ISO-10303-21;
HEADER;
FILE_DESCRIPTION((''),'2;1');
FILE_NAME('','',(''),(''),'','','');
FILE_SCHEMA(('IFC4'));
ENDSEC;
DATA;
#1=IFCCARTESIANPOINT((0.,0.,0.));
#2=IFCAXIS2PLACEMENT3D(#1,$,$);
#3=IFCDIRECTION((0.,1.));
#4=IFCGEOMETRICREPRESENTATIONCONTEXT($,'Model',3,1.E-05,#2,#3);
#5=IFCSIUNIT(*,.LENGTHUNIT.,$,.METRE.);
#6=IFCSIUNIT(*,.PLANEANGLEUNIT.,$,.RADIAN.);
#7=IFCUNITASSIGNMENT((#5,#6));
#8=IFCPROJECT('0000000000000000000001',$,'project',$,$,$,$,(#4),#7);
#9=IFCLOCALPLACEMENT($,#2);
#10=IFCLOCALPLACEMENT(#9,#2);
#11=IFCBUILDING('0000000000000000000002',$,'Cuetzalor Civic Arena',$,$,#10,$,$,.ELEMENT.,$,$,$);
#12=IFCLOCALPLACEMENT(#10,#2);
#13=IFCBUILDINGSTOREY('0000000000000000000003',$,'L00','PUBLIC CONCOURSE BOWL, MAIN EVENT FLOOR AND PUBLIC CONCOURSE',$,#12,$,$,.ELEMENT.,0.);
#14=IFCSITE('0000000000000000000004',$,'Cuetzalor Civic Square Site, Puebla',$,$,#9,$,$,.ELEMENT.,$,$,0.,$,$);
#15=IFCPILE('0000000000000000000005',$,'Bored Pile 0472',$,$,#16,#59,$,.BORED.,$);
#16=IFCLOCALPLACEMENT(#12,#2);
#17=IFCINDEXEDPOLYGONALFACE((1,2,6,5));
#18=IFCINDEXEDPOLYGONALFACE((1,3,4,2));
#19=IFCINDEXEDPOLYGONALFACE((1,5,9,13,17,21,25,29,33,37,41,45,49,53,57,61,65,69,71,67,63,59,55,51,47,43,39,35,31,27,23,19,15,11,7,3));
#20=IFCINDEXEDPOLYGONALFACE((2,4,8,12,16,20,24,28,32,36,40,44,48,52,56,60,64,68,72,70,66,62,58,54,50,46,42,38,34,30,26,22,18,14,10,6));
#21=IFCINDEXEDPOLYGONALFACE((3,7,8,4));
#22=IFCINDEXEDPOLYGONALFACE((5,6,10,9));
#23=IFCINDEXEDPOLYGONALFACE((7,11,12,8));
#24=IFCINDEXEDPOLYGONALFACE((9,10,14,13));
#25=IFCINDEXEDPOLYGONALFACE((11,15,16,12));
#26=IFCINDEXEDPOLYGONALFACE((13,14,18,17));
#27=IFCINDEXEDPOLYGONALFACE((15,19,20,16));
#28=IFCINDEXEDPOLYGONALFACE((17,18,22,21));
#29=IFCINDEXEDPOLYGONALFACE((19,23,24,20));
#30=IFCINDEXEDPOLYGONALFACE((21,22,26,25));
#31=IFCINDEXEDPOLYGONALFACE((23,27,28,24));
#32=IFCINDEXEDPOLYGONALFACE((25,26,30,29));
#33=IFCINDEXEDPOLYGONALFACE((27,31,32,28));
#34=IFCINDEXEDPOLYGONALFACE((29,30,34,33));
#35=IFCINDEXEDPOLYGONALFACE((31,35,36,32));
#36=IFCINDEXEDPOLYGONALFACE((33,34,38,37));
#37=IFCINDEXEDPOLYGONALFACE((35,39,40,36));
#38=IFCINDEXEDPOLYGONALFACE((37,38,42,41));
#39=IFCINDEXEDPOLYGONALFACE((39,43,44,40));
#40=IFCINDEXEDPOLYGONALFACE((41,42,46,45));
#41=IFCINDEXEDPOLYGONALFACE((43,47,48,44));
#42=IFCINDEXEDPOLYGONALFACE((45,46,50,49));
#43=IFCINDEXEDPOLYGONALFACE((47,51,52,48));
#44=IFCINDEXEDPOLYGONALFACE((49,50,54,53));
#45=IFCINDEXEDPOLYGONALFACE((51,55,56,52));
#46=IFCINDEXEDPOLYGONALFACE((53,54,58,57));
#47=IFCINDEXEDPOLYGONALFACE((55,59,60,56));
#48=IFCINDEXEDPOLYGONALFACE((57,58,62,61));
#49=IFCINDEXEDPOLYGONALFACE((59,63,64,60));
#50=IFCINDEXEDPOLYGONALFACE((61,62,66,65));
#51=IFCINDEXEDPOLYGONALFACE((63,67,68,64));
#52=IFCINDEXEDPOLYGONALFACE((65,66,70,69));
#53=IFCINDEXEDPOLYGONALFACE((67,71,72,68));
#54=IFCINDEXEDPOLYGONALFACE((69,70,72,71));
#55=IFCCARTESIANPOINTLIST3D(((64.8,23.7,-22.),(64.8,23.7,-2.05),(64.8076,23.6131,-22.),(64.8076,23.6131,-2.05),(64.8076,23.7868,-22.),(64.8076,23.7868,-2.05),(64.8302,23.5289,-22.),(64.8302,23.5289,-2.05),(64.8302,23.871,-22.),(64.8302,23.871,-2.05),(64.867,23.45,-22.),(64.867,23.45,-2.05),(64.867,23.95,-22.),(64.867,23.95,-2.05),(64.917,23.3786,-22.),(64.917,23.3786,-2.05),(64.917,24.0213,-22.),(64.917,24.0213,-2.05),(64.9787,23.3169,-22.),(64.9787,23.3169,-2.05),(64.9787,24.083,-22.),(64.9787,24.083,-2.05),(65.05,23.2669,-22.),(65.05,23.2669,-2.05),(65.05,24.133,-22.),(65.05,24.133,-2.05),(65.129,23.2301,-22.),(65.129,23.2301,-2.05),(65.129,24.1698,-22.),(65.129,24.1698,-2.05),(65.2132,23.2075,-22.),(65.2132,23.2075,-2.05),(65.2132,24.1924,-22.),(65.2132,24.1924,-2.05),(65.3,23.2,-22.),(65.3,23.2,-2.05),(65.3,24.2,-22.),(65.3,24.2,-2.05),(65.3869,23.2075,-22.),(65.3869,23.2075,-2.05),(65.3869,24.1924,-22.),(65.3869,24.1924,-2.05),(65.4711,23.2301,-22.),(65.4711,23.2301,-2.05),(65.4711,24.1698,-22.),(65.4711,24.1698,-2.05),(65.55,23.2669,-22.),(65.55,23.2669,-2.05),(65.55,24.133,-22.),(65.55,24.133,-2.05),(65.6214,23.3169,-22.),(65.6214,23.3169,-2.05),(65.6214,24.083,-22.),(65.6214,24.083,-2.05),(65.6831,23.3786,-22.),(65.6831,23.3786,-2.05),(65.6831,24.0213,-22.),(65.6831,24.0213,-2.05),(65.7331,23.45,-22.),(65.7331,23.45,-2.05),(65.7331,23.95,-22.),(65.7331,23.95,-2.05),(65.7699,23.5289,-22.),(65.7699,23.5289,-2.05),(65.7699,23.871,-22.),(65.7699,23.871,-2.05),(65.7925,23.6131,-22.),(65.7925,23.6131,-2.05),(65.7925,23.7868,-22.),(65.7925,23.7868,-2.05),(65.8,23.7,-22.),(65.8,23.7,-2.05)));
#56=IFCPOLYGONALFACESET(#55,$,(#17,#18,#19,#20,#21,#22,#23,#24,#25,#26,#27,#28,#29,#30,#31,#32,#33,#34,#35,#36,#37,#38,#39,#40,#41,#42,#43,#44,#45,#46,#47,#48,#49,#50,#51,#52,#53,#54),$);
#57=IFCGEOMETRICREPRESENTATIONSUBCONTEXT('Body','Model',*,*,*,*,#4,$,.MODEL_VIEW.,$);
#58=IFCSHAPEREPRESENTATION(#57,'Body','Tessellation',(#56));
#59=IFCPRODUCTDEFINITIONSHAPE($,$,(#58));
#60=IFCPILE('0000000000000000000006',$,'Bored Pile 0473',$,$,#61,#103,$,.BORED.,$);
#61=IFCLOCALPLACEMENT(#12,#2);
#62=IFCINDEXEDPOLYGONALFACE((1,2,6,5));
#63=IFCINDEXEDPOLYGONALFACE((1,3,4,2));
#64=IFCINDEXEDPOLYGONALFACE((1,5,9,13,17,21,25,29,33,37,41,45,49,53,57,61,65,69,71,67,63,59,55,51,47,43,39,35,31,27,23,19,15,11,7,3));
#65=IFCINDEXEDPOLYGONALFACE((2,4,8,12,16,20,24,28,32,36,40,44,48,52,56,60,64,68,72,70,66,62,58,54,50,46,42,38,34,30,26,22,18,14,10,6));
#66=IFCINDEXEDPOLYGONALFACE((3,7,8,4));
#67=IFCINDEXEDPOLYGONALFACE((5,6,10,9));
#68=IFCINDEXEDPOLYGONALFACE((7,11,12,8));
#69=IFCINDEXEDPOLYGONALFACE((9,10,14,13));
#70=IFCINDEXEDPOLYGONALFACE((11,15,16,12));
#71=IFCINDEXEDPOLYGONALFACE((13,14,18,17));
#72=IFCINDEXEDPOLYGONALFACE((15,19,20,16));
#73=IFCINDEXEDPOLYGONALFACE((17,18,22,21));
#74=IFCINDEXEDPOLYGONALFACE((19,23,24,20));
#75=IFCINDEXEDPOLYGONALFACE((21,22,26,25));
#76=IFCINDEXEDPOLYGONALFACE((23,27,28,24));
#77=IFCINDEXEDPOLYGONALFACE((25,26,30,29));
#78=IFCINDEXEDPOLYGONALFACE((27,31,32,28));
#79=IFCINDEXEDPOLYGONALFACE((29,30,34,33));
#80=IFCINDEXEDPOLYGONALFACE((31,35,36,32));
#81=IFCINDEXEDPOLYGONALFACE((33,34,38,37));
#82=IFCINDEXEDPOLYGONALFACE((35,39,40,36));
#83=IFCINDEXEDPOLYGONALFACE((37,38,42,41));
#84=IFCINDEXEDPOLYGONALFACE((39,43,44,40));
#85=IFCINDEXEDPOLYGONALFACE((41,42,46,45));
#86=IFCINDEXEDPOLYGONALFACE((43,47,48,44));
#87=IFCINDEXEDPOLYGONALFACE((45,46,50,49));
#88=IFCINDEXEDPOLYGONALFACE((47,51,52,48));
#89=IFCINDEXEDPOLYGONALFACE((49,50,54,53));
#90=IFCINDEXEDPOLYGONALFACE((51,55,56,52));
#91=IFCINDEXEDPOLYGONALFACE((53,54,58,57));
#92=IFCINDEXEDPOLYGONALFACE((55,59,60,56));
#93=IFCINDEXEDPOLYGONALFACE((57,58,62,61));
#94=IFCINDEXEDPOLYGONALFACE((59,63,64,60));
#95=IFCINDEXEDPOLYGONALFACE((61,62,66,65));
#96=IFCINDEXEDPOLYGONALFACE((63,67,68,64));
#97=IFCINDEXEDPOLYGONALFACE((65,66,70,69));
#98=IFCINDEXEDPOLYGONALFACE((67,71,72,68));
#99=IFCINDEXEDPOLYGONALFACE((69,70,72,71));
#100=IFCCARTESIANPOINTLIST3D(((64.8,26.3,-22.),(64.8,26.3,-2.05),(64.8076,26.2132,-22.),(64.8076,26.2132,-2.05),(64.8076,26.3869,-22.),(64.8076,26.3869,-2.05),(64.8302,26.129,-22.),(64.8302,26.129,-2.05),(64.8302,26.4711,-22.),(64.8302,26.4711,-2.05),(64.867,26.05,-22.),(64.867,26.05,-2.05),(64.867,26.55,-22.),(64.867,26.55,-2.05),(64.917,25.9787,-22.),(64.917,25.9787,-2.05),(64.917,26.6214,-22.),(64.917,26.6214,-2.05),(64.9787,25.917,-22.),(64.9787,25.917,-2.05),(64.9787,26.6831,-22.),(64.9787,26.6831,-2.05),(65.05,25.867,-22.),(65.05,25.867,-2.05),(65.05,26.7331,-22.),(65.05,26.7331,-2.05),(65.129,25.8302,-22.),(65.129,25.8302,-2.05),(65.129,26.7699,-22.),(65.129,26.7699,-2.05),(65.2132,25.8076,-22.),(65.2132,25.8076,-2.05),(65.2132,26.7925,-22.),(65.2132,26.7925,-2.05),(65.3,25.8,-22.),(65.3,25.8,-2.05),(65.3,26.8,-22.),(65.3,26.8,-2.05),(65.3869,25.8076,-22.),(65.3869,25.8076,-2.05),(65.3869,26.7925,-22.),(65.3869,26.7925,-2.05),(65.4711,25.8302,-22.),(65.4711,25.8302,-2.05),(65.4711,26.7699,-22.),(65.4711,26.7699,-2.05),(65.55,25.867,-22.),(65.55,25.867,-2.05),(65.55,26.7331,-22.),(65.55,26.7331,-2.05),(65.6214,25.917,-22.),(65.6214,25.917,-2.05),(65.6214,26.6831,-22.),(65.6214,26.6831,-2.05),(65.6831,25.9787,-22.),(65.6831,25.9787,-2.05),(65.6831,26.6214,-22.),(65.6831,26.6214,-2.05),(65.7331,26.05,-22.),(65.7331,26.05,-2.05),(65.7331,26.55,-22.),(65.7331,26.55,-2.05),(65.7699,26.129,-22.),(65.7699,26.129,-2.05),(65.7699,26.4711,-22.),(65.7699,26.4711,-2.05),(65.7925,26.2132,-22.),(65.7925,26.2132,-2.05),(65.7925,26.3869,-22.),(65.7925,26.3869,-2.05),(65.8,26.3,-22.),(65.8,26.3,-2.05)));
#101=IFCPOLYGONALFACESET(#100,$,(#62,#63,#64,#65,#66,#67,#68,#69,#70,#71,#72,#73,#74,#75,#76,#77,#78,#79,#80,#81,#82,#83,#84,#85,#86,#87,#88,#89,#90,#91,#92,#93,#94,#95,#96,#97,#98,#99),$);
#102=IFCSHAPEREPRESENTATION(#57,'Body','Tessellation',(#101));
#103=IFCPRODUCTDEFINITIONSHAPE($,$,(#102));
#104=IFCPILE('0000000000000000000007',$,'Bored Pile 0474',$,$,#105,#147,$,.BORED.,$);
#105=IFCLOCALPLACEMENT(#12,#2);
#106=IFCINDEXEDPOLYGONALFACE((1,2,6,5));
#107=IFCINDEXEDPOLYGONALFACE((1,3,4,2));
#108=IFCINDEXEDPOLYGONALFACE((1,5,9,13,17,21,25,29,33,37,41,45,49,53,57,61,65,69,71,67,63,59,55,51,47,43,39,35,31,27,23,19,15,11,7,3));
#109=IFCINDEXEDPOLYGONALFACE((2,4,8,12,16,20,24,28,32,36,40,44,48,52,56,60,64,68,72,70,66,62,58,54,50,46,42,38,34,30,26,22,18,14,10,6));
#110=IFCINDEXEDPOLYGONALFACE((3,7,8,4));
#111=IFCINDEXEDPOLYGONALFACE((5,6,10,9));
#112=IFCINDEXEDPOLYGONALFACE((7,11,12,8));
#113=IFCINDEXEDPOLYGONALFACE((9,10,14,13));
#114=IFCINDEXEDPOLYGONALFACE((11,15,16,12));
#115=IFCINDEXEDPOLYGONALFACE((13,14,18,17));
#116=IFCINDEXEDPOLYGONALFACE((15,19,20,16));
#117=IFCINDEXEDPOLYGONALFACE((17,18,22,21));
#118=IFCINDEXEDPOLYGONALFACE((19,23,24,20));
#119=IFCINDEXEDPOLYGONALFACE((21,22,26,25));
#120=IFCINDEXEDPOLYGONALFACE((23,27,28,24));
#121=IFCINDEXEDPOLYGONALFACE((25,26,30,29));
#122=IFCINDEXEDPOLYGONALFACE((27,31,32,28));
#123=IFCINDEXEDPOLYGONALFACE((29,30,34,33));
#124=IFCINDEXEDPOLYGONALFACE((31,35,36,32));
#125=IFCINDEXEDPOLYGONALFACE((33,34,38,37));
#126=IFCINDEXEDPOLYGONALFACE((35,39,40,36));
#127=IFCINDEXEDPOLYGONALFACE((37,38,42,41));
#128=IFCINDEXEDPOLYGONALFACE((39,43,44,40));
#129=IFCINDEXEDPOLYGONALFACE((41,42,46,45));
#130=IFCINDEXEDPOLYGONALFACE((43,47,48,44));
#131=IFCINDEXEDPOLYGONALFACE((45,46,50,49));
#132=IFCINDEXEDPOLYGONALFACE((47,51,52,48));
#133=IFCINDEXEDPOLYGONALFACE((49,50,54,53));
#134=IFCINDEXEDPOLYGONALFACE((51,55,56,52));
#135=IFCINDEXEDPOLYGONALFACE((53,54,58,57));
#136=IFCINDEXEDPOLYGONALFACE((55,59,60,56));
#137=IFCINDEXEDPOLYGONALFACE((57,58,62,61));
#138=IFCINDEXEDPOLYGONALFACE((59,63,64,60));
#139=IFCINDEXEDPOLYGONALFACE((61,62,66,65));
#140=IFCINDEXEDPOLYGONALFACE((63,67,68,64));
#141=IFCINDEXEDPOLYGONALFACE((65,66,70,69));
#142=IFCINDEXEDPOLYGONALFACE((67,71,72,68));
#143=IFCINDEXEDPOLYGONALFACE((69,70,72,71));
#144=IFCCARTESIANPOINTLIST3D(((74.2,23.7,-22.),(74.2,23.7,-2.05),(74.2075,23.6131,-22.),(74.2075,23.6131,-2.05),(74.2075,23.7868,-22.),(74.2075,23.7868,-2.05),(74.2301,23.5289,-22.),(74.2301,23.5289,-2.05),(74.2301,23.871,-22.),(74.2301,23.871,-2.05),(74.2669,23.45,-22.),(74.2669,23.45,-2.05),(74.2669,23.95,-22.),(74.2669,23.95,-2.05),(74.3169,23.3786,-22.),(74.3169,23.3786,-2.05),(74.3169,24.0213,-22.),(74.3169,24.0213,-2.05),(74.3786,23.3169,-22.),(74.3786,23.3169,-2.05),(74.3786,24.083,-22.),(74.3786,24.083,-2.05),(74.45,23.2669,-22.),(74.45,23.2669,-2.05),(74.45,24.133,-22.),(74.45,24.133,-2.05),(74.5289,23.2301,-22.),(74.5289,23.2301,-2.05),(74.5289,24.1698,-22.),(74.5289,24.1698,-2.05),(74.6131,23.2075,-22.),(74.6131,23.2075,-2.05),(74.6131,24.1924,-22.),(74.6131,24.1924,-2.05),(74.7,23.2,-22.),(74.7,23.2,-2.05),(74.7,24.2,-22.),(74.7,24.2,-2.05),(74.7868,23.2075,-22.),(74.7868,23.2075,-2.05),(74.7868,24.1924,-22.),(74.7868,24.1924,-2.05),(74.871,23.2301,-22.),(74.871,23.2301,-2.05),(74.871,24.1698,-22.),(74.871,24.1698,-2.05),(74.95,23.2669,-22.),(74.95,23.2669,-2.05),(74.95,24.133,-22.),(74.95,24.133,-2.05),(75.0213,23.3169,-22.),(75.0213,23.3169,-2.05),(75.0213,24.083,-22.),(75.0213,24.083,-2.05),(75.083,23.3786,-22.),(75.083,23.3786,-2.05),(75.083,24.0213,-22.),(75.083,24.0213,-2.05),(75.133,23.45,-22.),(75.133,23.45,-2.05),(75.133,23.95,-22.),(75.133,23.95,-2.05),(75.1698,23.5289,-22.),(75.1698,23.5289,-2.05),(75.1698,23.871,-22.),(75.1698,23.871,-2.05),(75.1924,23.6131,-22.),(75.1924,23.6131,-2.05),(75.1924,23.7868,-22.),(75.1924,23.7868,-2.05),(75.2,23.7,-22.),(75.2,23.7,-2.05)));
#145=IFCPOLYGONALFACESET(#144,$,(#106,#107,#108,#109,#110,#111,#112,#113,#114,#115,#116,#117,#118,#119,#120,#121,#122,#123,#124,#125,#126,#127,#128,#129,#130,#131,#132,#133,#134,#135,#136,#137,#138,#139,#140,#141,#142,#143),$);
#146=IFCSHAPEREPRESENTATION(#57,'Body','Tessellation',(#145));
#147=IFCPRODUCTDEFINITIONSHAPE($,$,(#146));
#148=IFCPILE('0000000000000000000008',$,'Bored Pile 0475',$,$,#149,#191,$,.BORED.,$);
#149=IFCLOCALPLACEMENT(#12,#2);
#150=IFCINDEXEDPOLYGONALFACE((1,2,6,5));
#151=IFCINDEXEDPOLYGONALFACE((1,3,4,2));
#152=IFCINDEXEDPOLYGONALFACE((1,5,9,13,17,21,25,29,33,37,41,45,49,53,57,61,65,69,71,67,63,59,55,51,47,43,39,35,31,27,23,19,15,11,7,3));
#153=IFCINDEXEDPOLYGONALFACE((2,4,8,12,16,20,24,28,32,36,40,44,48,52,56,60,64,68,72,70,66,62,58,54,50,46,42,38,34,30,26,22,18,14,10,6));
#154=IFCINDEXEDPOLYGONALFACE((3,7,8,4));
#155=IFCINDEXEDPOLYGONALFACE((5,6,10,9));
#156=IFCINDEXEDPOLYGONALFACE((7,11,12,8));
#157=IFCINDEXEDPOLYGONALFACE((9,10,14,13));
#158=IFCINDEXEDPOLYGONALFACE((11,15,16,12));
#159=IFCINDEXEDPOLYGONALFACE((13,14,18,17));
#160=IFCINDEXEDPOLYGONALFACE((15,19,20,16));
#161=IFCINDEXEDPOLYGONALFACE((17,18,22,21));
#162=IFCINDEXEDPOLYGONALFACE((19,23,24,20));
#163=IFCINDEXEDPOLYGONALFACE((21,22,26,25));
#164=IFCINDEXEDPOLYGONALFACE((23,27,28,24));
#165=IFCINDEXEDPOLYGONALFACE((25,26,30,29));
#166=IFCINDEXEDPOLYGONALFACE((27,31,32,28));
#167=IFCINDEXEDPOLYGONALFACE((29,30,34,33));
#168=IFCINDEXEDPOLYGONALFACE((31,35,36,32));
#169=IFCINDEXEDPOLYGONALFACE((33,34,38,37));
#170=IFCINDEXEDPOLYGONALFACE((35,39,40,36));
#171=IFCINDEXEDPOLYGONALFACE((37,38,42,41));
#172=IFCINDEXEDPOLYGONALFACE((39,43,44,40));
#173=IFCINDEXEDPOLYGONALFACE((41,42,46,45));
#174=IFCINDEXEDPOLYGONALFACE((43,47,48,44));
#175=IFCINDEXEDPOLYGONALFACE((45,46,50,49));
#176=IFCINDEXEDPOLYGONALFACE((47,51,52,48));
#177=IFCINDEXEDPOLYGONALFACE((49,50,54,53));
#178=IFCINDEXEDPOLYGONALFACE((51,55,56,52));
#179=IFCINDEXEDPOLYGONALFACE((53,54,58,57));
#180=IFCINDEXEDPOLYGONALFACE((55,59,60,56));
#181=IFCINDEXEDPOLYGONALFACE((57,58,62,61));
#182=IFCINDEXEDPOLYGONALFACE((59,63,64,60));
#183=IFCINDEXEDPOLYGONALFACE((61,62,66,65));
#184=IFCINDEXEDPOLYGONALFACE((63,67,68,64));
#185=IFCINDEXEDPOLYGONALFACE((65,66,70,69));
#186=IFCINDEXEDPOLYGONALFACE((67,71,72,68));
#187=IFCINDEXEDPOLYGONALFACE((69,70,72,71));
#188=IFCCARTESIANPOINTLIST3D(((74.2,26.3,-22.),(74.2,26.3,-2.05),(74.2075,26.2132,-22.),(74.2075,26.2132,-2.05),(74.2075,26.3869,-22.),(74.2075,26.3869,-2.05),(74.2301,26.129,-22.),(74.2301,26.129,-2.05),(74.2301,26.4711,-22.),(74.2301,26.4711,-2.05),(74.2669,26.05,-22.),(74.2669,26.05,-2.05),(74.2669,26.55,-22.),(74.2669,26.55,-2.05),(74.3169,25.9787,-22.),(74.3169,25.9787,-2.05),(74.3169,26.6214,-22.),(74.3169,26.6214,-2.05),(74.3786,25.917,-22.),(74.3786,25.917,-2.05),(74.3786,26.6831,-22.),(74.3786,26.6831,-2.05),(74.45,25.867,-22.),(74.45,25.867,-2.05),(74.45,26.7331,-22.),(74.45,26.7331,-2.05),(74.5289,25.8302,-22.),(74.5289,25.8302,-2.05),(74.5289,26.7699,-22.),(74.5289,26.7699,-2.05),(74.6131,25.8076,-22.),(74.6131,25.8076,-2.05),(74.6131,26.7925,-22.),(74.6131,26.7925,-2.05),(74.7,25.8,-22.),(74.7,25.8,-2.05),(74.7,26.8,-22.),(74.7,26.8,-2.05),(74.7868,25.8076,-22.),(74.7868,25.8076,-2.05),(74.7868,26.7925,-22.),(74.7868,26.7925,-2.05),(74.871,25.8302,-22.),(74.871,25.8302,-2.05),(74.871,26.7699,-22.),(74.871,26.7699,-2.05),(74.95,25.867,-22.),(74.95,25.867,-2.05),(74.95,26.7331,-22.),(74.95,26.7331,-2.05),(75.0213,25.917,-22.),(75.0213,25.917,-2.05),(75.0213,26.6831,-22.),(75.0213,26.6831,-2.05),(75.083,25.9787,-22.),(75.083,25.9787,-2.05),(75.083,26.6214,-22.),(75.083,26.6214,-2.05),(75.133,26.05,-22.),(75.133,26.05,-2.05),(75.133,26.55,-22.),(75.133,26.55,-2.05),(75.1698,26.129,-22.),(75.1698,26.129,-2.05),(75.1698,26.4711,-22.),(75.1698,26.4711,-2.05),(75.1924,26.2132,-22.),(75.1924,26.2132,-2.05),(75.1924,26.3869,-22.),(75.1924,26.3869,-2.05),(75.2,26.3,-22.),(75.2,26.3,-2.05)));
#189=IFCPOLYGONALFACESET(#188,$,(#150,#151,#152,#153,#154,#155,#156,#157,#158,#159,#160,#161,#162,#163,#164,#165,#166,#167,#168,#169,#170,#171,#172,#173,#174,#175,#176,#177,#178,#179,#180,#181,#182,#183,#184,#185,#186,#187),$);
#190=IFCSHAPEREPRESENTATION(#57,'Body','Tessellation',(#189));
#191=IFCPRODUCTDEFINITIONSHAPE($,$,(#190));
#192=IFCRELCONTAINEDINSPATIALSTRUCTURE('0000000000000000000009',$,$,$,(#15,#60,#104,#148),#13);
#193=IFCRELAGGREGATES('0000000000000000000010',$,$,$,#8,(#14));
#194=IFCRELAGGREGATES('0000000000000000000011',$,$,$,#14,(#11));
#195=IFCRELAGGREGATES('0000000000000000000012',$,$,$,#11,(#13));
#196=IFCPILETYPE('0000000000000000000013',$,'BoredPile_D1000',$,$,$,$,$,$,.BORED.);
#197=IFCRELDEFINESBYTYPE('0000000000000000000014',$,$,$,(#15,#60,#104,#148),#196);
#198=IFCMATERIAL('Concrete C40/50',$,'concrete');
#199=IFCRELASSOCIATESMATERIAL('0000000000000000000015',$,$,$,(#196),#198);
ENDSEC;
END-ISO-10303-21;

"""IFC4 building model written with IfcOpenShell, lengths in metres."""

from ifc_helpers import new_model, si_unit, direction, frame, origin, origin_2d, place, context, subcontext, project, spatial, circle, extrude, material, material_profile, profile_set, type_object, element, save


model = new_model("IFC4")

# Units and contexts
model_context = context("Model", 3, precision=1e-05, world=origin(), true_north=direction((0.0, 1.0)))
body_context = subcontext(model_context, "Body", "Model", "MODEL_VIEW")
ifc_project = project(units=[si_unit("LENGTHUNIT", "METRE"), si_unit("PLANEANGLEUNIT", "RADIAN")], contexts=[model_context])

# Site, building, storey
site_placement = place(None, origin())
site = spatial("IfcSite", under=ifc_project, at=site_placement, Name="Cuetzalor Civic Square Site, Puebla", CompositionType="ELEMENT", RefElevation=0.0)
building_placement = place(site_placement, origin())
building = spatial("IfcBuilding", under=site, at=building_placement, Name="Cuetzalor Civic Arena", CompositionType="ELEMENT")
storey_placement = place(building_placement, origin())
storey = spatial("IfcBuildingStorey", under=building, at=storey_placement, Name="L00", Description="PUBLIC CONCOURSE BOWL, MAIN EVENT FLOOR AND PUBLIC CONCOURSE", CompositionType="ELEMENT", Elevation=0.0)

# Piles
ifc_material_1 = material(Name="Concrete C40/50", Category="concrete")
ifc_material_profile_1 = material_profile(ifc_material_1, circle(Radius=0.5, at=origin_2d()), Name="BORED PILE D1000")
ifc_profile_set_1 = profile_set([ifc_material_profile_1], Name="Concrete C40/50")
pile_type_1 = type_object("IfcPileType", Name="BoredPile_D1000", PredefinedType="BORED", material=ifc_profile_set_1)
for number, where, z_axis, x_axis, name in (
    (1, (65.3, 23.7, -2.05), (0.0, 0.0, -1.0), (1.0, 0.0, 0.0), "Bored Pile 0472"),
    (2, (65.3, 26.3, -2.05), (0.0, 0.0, -1.0), (1.0, 0.0, 0.0), "Bored Pile 0473"),
    (3, (74.7, 23.7, -2.05), (0.0, 0.0, -1.0), (1.0, 0.0, 0.0), "Bored Pile 0474"),
    (4, (74.7, 26.3, -2.05), (0.0, 0.0, -1.0), (1.0, 0.0, 0.0), "Bored Pile 0475"),
):
    element("IfcPile", number, at=place(storey_placement, frame(where, z_axis=z_axis, x_axis=x_axis)), inside=storey, type_object=pile_type_1, Name=name, PredefinedType="BORED", context=body_context, shape_type="SweptSolid", body=[
        extrude(circle(Radius=0.5, at=origin_2d()), origin(), (0.0, 0.0, 1.0), 19.95),
    ])

save(model, "model.ifc")
